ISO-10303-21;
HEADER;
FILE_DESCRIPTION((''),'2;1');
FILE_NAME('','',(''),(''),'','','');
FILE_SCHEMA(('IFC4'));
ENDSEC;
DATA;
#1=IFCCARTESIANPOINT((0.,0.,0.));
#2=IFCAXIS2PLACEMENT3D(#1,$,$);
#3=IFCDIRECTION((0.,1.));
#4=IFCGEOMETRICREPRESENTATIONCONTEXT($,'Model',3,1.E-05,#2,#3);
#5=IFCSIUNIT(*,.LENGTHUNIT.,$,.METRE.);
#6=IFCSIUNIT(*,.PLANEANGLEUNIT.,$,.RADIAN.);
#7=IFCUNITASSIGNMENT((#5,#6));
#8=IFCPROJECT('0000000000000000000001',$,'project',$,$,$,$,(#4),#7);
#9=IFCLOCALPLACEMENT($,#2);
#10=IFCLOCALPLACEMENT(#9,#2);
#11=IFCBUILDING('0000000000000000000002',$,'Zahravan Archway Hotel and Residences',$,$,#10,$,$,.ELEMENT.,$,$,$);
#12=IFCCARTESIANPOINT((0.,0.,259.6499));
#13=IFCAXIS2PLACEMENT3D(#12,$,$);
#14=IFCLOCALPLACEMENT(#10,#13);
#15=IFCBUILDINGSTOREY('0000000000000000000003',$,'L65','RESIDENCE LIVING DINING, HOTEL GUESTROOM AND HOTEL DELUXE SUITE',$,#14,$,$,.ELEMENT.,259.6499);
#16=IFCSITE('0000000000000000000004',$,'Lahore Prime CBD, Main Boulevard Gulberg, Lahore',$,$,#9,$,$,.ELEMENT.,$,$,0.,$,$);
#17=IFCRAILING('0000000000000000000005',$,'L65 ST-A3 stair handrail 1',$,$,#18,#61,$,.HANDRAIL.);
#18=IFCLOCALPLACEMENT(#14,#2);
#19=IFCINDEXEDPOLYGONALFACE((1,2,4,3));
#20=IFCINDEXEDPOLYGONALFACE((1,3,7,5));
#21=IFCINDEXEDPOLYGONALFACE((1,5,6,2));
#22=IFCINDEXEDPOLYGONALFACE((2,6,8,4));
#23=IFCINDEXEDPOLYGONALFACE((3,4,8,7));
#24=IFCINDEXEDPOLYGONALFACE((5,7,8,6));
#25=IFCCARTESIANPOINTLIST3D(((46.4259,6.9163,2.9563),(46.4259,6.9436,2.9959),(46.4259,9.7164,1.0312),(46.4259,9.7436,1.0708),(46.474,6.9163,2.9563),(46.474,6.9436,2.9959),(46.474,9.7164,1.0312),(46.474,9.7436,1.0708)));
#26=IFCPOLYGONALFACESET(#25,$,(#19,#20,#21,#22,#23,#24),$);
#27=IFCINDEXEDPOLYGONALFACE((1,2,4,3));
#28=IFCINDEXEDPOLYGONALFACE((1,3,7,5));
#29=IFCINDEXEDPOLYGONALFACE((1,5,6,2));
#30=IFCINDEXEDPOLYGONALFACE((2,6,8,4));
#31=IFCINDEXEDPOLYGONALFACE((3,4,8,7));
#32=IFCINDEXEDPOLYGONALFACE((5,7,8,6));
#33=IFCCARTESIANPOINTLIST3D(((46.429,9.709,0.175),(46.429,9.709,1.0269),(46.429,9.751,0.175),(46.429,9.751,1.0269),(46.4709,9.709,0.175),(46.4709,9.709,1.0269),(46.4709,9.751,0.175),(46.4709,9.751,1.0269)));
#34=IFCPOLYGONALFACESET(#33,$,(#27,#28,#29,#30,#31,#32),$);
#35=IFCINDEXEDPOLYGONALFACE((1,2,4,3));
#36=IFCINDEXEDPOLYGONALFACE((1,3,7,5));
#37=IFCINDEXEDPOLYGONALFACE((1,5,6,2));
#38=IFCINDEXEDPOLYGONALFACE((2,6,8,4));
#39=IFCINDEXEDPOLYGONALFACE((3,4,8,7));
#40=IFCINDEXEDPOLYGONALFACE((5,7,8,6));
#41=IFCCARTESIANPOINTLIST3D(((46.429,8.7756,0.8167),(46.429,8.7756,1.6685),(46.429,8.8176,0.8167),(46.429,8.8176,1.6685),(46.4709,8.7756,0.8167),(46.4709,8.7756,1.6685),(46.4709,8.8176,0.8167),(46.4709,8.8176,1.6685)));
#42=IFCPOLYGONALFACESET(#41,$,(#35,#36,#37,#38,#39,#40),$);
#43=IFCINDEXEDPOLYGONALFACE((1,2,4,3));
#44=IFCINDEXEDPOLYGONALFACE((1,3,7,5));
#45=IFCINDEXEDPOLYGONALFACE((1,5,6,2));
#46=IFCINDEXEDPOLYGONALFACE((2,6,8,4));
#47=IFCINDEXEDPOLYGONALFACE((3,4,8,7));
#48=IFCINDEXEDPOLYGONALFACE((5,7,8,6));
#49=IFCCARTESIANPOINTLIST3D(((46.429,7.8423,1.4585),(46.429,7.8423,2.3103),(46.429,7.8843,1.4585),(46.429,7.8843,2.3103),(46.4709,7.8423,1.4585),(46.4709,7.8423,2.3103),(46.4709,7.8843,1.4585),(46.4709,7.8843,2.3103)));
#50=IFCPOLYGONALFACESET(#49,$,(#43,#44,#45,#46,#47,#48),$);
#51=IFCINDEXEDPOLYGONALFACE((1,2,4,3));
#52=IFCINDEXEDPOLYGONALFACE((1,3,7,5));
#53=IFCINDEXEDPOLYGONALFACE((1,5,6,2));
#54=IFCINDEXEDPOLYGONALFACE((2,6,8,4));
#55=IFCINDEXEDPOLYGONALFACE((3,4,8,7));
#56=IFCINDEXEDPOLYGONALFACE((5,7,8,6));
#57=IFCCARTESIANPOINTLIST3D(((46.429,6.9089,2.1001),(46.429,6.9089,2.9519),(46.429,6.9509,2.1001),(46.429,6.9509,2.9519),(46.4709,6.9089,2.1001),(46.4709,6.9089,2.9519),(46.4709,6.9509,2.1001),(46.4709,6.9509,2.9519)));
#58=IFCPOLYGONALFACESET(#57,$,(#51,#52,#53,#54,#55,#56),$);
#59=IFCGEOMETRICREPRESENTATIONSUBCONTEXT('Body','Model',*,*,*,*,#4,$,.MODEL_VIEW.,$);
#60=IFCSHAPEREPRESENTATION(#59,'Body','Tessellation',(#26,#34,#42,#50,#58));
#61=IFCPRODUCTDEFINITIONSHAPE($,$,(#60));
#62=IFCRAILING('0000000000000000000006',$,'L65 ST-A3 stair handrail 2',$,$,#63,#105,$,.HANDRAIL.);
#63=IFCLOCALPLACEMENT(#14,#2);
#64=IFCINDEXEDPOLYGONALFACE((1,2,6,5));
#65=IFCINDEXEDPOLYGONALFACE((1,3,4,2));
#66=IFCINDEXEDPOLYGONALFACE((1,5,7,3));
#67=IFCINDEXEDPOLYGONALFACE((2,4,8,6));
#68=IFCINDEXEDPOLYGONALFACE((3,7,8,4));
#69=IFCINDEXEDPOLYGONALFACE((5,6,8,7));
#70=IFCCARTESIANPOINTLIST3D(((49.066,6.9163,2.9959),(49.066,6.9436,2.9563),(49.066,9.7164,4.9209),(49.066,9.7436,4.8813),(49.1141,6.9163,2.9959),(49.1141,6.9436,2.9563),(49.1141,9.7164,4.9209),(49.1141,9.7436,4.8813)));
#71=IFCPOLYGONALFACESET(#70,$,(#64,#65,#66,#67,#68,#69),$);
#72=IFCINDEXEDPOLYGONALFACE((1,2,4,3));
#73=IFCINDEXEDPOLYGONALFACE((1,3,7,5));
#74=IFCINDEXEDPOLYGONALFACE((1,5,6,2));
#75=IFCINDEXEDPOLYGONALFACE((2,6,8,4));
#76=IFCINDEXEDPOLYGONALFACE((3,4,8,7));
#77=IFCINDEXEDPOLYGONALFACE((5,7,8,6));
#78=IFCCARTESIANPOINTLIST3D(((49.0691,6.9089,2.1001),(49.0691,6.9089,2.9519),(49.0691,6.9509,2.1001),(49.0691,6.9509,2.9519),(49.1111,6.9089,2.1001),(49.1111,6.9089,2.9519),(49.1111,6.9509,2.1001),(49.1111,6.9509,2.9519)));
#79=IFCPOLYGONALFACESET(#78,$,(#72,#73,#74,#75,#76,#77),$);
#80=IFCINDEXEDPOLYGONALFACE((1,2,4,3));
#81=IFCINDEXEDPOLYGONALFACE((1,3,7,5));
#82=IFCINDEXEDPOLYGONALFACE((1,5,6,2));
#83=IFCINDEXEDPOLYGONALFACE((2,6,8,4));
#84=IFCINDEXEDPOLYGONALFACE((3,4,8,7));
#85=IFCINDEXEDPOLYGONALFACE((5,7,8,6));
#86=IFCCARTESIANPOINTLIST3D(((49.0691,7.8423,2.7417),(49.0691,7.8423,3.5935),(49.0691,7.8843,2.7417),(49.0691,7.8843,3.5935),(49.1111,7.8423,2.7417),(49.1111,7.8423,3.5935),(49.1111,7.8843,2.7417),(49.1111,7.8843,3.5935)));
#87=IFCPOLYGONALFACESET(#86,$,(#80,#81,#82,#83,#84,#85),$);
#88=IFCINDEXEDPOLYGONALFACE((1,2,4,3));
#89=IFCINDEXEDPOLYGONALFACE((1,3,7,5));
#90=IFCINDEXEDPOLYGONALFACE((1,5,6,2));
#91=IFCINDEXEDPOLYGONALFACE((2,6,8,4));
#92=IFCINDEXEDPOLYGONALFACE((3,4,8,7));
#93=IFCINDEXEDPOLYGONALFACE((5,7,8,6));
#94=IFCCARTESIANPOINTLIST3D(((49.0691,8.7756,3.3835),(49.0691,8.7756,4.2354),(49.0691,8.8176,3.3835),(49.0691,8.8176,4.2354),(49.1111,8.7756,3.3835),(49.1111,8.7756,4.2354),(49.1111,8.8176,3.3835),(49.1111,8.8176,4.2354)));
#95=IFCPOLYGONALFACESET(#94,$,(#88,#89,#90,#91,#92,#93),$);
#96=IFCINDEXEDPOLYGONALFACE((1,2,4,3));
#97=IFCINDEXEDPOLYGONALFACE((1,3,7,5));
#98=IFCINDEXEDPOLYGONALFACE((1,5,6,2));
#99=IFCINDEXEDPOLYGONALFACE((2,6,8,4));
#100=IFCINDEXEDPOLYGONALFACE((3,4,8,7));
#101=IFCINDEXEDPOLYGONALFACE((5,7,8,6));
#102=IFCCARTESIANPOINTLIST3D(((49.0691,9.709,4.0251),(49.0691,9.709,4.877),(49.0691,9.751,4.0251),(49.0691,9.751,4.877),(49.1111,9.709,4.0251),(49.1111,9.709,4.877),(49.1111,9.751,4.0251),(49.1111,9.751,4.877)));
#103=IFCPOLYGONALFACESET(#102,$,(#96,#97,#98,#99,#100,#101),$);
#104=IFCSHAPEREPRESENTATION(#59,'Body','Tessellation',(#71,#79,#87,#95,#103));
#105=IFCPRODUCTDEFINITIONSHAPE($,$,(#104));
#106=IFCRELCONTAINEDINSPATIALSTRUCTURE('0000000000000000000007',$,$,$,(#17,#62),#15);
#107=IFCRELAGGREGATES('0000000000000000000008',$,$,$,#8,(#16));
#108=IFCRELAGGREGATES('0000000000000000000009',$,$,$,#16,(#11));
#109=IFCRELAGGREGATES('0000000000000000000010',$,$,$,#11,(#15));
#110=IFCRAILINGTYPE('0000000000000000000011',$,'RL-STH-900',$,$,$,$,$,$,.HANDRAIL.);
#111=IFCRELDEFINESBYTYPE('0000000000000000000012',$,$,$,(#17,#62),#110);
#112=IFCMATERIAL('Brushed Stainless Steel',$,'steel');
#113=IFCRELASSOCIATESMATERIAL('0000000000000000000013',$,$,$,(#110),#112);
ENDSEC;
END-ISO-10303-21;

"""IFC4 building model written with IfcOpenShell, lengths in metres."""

from ifc_helpers import new_model, si_unit, direction, frame, origin, origin_2d, place, context, subcontext, project, spatial, rectangle, extrude, material, type_object, element, save


model = new_model("IFC4")

# Units and contexts
model_context = context("Model", 3, precision=1e-05, world=origin(), true_north=direction((0.0, 1.0)))
body_context = subcontext(model_context, "Body", "Model", "MODEL_VIEW")
ifc_project = project(units=[si_unit("LENGTHUNIT", "METRE"), si_unit("PLANEANGLEUNIT", "RADIAN")], contexts=[model_context])

# Site, building, storey
site_placement = place(None, origin())
site = spatial("IfcSite", under=ifc_project, at=site_placement, Name="Lahore Prime CBD, Main Boulevard Gulberg, Lahore", CompositionType="ELEMENT", RefElevation=0.0)
building_placement = place(site_placement, origin())
building = spatial("IfcBuilding", under=site, at=building_placement, Name="Zahravan Archway Hotel and Residences", CompositionType="ELEMENT")
storey_placement = place(building_placement, frame((0.0, 0.0, 259.6499)))
storey = spatial("IfcBuildingStorey", under=building, at=storey_placement, Name="L65", Description="RESIDENCE LIVING DINING, HOTEL GUESTROOM AND HOTEL DELUXE SUITE", CompositionType="ELEMENT", Elevation=259.6499)

# Railings
ifc_material_1 = material(Name="Brushed Stainless Steel", Category="steel")
railing_type_1 = type_object("IfcRailingType", Name="RL-STH-900", PredefinedType="HANDRAIL", material=ifc_material_1)
for number, where, name in (
    (1, (46.45, 9.73, 0.175), "L65 ST-A3 stair handrail 1"),
):
    element("IfcRailing", number, at=place(storey_placement, frame(where)), inside=storey, type_object=railing_type_1, Name=name, PredefinedType="HANDRAIL", context=body_context, shape_type="SweptSolid", body=[
        extrude(rectangle(XDim=0.0481, YDim=0.0481, at=origin_2d()), frame((0.0, 0.0, 0.876), z_axis=(0.0, -0.82404, 0.566532), x_axis=(1.0, 0.0, 0.0)), (0.0, 0.0, 1.0), 3.3979),
        extrude(rectangle(XDim=0.042, YDim=0.042, at=origin_2d()), origin(), (0.0, 0.0, 1.0), 0.8518),
        extrude(rectangle(XDim=0.042, YDim=0.042, at=origin_2d()), frame((0.0, -0.9333, 0.6416)), (0.0, 0.0, 1.0), 0.8518),
        extrude(rectangle(XDim=0.042, YDim=0.042, at=origin_2d()), frame((0.0, -1.8667, 1.2834)), (0.0, 0.0, 1.0), 0.8518),
        extrude(rectangle(XDim=0.042, YDim=0.042, at=origin_2d()), frame((0.0, -2.8, 1.925)), (0.0, 0.0, 1.0), 0.8518),
    ])
railing_1_placement = place(storey_placement, frame((49.0901, 6.9299, 2.1001)))
element("IfcRailing", 2, at=railing_1_placement, inside=storey, type_object=railing_type_1, Name="L65 ST-A3 stair handrail 2", PredefinedType="HANDRAIL", context=body_context, shape_type="SweptSolid", body=[
    extrude(rectangle(XDim=0.0481, YDim=0.0481, at=origin_2d()), frame((0.0, 0.0, 0.876), z_axis=(0.0, 0.82404, 0.566532), x_axis=(-1.0, 0.0, 0.0)), (0.0, 0.0, 1.0), 3.3979),
    extrude(rectangle(XDim=0.042, YDim=0.042, at=origin_2d()), origin(), (0.0, 0.0, 1.0), 0.8518),
    extrude(rectangle(XDim=0.042, YDim=0.042, at=origin_2d()), frame((0.0, 0.9333, 0.6416)), (0.0, 0.0, 1.0), 0.8518),
    extrude(rectangle(XDim=0.042, YDim=0.042, at=origin_2d()), frame((0.0, 1.8667, 1.2834)), (0.0, 0.0, 1.0), 0.8518),
    extrude(rectangle(XDim=0.042, YDim=0.042, at=origin_2d()), frame((0.0, 2.8, 1.925)), (0.0, 0.0, 1.0), 0.8518),
])

save(model, "model.ifc")
